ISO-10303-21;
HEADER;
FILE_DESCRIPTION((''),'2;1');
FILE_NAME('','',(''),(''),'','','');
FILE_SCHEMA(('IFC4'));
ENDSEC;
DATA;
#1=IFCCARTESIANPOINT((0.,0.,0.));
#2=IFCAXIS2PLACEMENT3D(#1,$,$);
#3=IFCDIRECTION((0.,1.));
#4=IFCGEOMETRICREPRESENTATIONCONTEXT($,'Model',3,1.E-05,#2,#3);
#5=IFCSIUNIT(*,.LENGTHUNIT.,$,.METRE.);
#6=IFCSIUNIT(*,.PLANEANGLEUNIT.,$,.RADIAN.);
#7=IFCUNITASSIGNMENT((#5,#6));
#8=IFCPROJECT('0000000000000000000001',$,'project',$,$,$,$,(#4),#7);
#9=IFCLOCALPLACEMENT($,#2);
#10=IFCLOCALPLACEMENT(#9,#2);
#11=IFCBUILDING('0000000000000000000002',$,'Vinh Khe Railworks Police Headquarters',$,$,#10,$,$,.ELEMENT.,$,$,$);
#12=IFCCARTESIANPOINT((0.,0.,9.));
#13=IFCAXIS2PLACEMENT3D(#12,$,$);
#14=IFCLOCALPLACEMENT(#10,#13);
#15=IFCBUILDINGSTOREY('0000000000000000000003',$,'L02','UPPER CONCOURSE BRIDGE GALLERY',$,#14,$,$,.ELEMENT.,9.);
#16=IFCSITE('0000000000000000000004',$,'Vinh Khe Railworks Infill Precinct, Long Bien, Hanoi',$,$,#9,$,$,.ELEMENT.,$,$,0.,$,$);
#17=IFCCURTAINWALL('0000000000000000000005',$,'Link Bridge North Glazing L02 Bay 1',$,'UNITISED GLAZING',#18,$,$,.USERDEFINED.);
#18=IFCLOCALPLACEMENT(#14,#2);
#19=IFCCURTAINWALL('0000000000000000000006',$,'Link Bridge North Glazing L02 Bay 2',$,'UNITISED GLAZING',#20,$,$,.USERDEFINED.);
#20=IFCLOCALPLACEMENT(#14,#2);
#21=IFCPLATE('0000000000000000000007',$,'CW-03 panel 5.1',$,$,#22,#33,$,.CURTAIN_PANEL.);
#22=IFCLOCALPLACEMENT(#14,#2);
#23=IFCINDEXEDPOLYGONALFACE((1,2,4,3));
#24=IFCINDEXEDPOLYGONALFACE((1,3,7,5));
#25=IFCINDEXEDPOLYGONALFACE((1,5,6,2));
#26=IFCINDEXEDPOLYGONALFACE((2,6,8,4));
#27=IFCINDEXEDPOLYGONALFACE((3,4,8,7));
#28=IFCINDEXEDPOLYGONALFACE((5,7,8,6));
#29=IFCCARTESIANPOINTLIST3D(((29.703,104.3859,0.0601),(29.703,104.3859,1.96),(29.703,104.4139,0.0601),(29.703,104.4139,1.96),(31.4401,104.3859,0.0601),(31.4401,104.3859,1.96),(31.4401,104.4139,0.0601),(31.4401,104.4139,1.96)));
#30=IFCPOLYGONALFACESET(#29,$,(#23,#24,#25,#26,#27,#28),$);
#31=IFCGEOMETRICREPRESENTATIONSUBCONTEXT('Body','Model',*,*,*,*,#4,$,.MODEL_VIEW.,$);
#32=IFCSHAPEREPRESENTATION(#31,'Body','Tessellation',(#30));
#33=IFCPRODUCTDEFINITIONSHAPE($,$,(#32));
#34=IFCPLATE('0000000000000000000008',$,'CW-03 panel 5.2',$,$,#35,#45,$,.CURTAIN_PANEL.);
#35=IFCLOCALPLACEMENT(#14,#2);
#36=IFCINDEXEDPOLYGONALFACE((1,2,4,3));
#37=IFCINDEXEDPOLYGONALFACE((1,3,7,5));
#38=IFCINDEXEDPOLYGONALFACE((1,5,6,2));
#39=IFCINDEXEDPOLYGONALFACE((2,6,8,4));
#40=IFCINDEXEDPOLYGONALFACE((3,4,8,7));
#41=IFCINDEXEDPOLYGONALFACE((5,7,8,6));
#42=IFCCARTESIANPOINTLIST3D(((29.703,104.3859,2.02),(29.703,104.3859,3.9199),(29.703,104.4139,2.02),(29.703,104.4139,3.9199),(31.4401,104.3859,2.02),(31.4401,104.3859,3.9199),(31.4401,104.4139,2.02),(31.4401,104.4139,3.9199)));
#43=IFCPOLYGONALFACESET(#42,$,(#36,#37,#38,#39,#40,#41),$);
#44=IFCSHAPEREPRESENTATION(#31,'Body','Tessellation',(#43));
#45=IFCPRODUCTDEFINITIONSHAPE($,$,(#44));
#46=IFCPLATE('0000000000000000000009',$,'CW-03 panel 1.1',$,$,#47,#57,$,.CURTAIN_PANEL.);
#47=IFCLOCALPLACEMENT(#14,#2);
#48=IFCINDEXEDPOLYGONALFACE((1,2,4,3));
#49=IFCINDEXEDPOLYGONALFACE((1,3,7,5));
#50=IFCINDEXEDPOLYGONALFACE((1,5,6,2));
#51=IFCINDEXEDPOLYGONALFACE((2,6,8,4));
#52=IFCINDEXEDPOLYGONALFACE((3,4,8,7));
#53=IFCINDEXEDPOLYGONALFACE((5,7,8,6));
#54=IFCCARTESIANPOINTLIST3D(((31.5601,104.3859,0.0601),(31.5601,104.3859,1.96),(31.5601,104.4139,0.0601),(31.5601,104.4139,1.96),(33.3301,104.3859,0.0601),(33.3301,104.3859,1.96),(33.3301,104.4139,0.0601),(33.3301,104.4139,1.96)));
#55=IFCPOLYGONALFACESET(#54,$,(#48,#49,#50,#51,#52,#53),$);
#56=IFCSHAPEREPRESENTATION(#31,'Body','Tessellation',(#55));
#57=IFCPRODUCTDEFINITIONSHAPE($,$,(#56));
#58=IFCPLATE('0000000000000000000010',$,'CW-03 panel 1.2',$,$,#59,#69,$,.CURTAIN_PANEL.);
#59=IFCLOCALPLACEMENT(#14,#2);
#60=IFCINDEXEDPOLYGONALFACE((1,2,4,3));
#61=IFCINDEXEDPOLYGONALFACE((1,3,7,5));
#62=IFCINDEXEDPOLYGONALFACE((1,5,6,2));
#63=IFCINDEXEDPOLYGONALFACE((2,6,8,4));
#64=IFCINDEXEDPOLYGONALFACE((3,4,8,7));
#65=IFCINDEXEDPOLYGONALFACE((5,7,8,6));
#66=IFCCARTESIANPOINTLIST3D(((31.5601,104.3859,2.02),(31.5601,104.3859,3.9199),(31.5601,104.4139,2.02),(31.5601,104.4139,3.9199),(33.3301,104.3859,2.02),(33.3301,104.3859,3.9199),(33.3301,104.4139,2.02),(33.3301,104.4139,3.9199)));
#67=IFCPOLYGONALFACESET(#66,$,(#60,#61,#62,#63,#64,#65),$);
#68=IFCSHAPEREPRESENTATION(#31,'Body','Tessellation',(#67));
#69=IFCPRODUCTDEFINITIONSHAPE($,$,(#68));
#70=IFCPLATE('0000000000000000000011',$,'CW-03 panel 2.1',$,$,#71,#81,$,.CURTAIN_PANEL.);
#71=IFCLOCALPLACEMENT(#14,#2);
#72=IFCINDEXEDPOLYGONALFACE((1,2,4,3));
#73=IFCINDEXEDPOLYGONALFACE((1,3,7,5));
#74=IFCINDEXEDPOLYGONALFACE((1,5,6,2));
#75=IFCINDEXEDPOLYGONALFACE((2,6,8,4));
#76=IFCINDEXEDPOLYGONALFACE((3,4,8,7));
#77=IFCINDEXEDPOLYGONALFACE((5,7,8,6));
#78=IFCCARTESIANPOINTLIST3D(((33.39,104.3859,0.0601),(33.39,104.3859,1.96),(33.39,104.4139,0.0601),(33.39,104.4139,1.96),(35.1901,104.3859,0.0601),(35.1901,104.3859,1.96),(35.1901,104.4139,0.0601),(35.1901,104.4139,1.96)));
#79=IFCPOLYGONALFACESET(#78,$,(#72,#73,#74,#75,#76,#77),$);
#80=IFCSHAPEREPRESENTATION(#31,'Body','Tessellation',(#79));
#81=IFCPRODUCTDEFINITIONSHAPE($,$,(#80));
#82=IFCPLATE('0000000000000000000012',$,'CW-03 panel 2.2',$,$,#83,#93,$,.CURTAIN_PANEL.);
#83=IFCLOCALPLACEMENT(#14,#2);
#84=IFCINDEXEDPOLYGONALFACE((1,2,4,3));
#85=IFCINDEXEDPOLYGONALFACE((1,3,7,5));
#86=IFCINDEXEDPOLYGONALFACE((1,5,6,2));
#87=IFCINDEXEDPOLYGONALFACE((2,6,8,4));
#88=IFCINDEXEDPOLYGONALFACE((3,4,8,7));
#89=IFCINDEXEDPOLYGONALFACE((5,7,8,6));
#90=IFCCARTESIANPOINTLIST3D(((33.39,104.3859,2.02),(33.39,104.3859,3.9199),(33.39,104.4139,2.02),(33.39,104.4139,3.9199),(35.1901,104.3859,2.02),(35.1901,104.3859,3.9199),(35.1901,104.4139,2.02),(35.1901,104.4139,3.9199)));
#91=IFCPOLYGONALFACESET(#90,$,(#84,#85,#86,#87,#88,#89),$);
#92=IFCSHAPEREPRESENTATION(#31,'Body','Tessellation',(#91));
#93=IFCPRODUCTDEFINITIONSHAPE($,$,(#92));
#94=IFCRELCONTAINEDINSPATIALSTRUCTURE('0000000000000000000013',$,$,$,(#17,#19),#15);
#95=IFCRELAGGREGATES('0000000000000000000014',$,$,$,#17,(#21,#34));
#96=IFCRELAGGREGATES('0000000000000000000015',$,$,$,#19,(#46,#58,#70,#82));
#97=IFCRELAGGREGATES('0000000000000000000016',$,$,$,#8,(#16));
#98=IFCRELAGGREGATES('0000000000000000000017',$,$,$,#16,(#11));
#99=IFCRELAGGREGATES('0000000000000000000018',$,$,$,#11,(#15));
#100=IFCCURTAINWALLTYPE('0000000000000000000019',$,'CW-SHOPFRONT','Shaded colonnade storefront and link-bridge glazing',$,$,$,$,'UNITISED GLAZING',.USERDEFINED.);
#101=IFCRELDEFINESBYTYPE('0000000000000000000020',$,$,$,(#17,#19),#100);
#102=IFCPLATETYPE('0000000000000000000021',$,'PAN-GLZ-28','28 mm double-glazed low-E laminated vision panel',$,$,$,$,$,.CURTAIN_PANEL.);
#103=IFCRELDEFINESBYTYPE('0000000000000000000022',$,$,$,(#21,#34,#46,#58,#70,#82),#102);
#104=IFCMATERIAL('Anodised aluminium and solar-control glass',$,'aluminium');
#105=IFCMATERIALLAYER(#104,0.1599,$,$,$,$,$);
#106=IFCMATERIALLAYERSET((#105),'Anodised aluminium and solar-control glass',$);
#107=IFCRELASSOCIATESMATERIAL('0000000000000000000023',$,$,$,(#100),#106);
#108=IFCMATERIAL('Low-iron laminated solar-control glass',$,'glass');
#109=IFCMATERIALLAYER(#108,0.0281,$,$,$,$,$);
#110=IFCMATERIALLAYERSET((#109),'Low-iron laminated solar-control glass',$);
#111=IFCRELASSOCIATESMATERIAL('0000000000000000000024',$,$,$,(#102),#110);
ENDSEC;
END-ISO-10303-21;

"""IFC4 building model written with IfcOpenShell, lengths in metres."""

from ifc_helpers import new_model, si_unit, direction, frame, origin, origin_2d, place, context, subcontext, project, spatial, rectangle, extrude, material, layer, layer_set, type_object, element, aggregate, save


model = new_model("IFC4")

# Units and contexts
model_context = context("Model", 3, precision=1e-05, world=origin(), true_north=direction((0.0, 1.0)))
body_context = subcontext(model_context, "Body", "Model", "MODEL_VIEW")
ifc_project = project(units=[si_unit("LENGTHUNIT", "METRE"), si_unit("PLANEANGLEUNIT", "RADIAN")], contexts=[model_context])

# Site, building, storey
site_placement = place(None, origin())
site = spatial("IfcSite", under=ifc_project, at=site_placement, Name="Vinh Khe Railworks Infill Precinct, Long Bien, Hanoi", CompositionType="ELEMENT", RefElevation=0.0)
building_placement = place(site_placement, origin())
building = spatial("IfcBuilding", under=site, at=building_placement, Name="Vinh Khe Railworks Police Headquarters", CompositionType="ELEMENT")
storey_placement = place(building_placement, frame((0.0, 0.0, 9.0)))
storey = spatial("IfcBuildingStorey", under=building, at=storey_placement, Name="L02", Description="UPPER CONCOURSE BRIDGE GALLERY", CompositionType="ELEMENT", Elevation=9.0)

# Curtain wall
ifc_material_1 = material(Name="Anodised aluminium and solar-control glass", Category="aluminium")
ifc_layer_1 = layer(ifc_material_1, 0.1599)
ifc_layer_set_1 = layer_set([ifc_layer_1], Name="Anodised aluminium and solar-control glass")
curtain_wall_type = type_object("IfcCurtainWallType", Name="CW-SHOPFRONT", Description="Shaded colonnade storefront and link-bridge glazing", ElementType="UNITISED GLAZING", PredefinedType="USERDEFINED", material=ifc_layer_set_1)
curtain_wall_1_placement = place(storey_placement, origin())
curtain_wall_1 = element("IfcCurtainWall", 1, at=curtain_wall_1_placement, inside=storey, type_object=curtain_wall_type, Name="Link Bridge North Glazing L02 Bay 1", ObjectType="UNITISED GLAZING", PredefinedType="USERDEFINED")

# Curtain wall
curtain_wall_2_placement = place(storey_placement, origin())
curtain_wall_2 = element("IfcCurtainWall", 2, at=curtain_wall_2_placement, inside=storey, type_object=curtain_wall_type, Name="Link Bridge North Glazing L02 Bay 2", ObjectType="UNITISED GLAZING", PredefinedType="USERDEFINED")

# Plates
ifc_material_2 = material(Name="Low-iron laminated solar-control glass", Category="glass")
ifc_layer_2 = layer(ifc_material_2, 0.0281)
ifc_layer_set_2 = layer_set([ifc_layer_2], Name="Low-iron laminated solar-control glass")
plate_type = type_object("IfcPlateType", Name="PAN-GLZ-28", Description="28 mm double-glazed low-E laminated vision panel", PredefinedType="CURTAIN_PANEL", material=ifc_layer_set_2)
plate_1_placement = place(storey_placement, frame((30.5715, 104.3999, 0.0601), z_axis=(0.0, 0.0, 1.0), x_axis=(1.0, 0.0, 0.0)))
plate_1 = element("IfcPlate", 3, at=plate_1_placement, type_object=plate_type, Name="CW-03 panel 5.1", PredefinedType="CURTAIN_PANEL", context=body_context, shape_type="SweptSolid", body=[
    extrude(rectangle(XDim=1.7371, YDim=0.0281, at=origin_2d()), origin(), (0.0, 0.0, 1.0), 1.8999),
])
plate_2_placement = place(storey_placement, frame((30.5715, 104.3999, 2.02), z_axis=(0.0, 0.0, 1.0), x_axis=(1.0, 0.0, 0.0)))
plate_2 = element("IfcPlate", 4, at=plate_2_placement, type_object=plate_type, Name="CW-03 panel 5.2", PredefinedType="CURTAIN_PANEL", context=body_context, shape_type="SweptSolid", body=[
    extrude(rectangle(XDim=1.7371, YDim=0.0281, at=origin_2d()), origin(), (0.0, 0.0, 1.0), 1.8999),
])
aggregate(curtain_wall_1, [plate_1, plate_2])
plate_3_placement = place(storey_placement, frame((32.4451, 104.3999, 0.0601), z_axis=(0.0, 0.0, 1.0), x_axis=(1.0, 0.0, 0.0)))
plate_3 = element("IfcPlate", 5, at=plate_3_placement, type_object=plate_type, Name="CW-03 panel 1.1", PredefinedType="CURTAIN_PANEL", context=body_context, shape_type="SweptSolid", body=[
    extrude(rectangle(XDim=1.77, YDim=0.0281, at=origin_2d()), origin(), (0.0, 0.0, 1.0), 1.8999),
])
plate_4_placement = place(storey_placement, frame((32.4451, 104.3999, 2.02), z_axis=(0.0, 0.0, 1.0), x_axis=(1.0, 0.0, 0.0)))
plate_4 = element("IfcPlate", 6, at=plate_4_placement, type_object=plate_type, Name="CW-03 panel 1.2", PredefinedType="CURTAIN_PANEL", context=body_context, shape_type="SweptSolid", body=[
    extrude(rectangle(XDim=1.77, YDim=0.0281, at=origin_2d()), origin(), (0.0, 0.0, 1.0), 1.8999),
])
plate_5_placement = place(storey_placement, frame((34.29, 104.3999, 0.0601), z_axis=(0.0, 0.0, 1.0), x_axis=(1.0, 0.0, 0.0)))
plate_5 = element("IfcPlate", 7, at=plate_5_placement, type_object=plate_type, Name="CW-03 panel 2.1", PredefinedType="CURTAIN_PANEL", context=body_context, shape_type="SweptSolid", body=[
    extrude(rectangle(XDim=1.8, YDim=0.0281, at=origin_2d()), origin(), (0.0, 0.0, 1.0), 1.8999),
])
plate_6_placement = place(storey_placement, frame((34.29, 104.3999, 2.02), z_axis=(0.0, 0.0, 1.0), x_axis=(1.0, 0.0, 0.0)))
plate_6 = element("IfcPlate", 8, at=plate_6_placement, type_object=plate_type, Name="CW-03 panel 2.2", PredefinedType="CURTAIN_PANEL", context=body_context, shape_type="SweptSolid", body=[
    extrude(rectangle(XDim=1.8, YDim=0.0281, at=origin_2d()), origin(), (0.0, 0.0, 1.0), 1.8999),
])
aggregate(curtain_wall_2, [plate_3, plate_4, plate_5, plate_6])

save(model, "model.ifc")
